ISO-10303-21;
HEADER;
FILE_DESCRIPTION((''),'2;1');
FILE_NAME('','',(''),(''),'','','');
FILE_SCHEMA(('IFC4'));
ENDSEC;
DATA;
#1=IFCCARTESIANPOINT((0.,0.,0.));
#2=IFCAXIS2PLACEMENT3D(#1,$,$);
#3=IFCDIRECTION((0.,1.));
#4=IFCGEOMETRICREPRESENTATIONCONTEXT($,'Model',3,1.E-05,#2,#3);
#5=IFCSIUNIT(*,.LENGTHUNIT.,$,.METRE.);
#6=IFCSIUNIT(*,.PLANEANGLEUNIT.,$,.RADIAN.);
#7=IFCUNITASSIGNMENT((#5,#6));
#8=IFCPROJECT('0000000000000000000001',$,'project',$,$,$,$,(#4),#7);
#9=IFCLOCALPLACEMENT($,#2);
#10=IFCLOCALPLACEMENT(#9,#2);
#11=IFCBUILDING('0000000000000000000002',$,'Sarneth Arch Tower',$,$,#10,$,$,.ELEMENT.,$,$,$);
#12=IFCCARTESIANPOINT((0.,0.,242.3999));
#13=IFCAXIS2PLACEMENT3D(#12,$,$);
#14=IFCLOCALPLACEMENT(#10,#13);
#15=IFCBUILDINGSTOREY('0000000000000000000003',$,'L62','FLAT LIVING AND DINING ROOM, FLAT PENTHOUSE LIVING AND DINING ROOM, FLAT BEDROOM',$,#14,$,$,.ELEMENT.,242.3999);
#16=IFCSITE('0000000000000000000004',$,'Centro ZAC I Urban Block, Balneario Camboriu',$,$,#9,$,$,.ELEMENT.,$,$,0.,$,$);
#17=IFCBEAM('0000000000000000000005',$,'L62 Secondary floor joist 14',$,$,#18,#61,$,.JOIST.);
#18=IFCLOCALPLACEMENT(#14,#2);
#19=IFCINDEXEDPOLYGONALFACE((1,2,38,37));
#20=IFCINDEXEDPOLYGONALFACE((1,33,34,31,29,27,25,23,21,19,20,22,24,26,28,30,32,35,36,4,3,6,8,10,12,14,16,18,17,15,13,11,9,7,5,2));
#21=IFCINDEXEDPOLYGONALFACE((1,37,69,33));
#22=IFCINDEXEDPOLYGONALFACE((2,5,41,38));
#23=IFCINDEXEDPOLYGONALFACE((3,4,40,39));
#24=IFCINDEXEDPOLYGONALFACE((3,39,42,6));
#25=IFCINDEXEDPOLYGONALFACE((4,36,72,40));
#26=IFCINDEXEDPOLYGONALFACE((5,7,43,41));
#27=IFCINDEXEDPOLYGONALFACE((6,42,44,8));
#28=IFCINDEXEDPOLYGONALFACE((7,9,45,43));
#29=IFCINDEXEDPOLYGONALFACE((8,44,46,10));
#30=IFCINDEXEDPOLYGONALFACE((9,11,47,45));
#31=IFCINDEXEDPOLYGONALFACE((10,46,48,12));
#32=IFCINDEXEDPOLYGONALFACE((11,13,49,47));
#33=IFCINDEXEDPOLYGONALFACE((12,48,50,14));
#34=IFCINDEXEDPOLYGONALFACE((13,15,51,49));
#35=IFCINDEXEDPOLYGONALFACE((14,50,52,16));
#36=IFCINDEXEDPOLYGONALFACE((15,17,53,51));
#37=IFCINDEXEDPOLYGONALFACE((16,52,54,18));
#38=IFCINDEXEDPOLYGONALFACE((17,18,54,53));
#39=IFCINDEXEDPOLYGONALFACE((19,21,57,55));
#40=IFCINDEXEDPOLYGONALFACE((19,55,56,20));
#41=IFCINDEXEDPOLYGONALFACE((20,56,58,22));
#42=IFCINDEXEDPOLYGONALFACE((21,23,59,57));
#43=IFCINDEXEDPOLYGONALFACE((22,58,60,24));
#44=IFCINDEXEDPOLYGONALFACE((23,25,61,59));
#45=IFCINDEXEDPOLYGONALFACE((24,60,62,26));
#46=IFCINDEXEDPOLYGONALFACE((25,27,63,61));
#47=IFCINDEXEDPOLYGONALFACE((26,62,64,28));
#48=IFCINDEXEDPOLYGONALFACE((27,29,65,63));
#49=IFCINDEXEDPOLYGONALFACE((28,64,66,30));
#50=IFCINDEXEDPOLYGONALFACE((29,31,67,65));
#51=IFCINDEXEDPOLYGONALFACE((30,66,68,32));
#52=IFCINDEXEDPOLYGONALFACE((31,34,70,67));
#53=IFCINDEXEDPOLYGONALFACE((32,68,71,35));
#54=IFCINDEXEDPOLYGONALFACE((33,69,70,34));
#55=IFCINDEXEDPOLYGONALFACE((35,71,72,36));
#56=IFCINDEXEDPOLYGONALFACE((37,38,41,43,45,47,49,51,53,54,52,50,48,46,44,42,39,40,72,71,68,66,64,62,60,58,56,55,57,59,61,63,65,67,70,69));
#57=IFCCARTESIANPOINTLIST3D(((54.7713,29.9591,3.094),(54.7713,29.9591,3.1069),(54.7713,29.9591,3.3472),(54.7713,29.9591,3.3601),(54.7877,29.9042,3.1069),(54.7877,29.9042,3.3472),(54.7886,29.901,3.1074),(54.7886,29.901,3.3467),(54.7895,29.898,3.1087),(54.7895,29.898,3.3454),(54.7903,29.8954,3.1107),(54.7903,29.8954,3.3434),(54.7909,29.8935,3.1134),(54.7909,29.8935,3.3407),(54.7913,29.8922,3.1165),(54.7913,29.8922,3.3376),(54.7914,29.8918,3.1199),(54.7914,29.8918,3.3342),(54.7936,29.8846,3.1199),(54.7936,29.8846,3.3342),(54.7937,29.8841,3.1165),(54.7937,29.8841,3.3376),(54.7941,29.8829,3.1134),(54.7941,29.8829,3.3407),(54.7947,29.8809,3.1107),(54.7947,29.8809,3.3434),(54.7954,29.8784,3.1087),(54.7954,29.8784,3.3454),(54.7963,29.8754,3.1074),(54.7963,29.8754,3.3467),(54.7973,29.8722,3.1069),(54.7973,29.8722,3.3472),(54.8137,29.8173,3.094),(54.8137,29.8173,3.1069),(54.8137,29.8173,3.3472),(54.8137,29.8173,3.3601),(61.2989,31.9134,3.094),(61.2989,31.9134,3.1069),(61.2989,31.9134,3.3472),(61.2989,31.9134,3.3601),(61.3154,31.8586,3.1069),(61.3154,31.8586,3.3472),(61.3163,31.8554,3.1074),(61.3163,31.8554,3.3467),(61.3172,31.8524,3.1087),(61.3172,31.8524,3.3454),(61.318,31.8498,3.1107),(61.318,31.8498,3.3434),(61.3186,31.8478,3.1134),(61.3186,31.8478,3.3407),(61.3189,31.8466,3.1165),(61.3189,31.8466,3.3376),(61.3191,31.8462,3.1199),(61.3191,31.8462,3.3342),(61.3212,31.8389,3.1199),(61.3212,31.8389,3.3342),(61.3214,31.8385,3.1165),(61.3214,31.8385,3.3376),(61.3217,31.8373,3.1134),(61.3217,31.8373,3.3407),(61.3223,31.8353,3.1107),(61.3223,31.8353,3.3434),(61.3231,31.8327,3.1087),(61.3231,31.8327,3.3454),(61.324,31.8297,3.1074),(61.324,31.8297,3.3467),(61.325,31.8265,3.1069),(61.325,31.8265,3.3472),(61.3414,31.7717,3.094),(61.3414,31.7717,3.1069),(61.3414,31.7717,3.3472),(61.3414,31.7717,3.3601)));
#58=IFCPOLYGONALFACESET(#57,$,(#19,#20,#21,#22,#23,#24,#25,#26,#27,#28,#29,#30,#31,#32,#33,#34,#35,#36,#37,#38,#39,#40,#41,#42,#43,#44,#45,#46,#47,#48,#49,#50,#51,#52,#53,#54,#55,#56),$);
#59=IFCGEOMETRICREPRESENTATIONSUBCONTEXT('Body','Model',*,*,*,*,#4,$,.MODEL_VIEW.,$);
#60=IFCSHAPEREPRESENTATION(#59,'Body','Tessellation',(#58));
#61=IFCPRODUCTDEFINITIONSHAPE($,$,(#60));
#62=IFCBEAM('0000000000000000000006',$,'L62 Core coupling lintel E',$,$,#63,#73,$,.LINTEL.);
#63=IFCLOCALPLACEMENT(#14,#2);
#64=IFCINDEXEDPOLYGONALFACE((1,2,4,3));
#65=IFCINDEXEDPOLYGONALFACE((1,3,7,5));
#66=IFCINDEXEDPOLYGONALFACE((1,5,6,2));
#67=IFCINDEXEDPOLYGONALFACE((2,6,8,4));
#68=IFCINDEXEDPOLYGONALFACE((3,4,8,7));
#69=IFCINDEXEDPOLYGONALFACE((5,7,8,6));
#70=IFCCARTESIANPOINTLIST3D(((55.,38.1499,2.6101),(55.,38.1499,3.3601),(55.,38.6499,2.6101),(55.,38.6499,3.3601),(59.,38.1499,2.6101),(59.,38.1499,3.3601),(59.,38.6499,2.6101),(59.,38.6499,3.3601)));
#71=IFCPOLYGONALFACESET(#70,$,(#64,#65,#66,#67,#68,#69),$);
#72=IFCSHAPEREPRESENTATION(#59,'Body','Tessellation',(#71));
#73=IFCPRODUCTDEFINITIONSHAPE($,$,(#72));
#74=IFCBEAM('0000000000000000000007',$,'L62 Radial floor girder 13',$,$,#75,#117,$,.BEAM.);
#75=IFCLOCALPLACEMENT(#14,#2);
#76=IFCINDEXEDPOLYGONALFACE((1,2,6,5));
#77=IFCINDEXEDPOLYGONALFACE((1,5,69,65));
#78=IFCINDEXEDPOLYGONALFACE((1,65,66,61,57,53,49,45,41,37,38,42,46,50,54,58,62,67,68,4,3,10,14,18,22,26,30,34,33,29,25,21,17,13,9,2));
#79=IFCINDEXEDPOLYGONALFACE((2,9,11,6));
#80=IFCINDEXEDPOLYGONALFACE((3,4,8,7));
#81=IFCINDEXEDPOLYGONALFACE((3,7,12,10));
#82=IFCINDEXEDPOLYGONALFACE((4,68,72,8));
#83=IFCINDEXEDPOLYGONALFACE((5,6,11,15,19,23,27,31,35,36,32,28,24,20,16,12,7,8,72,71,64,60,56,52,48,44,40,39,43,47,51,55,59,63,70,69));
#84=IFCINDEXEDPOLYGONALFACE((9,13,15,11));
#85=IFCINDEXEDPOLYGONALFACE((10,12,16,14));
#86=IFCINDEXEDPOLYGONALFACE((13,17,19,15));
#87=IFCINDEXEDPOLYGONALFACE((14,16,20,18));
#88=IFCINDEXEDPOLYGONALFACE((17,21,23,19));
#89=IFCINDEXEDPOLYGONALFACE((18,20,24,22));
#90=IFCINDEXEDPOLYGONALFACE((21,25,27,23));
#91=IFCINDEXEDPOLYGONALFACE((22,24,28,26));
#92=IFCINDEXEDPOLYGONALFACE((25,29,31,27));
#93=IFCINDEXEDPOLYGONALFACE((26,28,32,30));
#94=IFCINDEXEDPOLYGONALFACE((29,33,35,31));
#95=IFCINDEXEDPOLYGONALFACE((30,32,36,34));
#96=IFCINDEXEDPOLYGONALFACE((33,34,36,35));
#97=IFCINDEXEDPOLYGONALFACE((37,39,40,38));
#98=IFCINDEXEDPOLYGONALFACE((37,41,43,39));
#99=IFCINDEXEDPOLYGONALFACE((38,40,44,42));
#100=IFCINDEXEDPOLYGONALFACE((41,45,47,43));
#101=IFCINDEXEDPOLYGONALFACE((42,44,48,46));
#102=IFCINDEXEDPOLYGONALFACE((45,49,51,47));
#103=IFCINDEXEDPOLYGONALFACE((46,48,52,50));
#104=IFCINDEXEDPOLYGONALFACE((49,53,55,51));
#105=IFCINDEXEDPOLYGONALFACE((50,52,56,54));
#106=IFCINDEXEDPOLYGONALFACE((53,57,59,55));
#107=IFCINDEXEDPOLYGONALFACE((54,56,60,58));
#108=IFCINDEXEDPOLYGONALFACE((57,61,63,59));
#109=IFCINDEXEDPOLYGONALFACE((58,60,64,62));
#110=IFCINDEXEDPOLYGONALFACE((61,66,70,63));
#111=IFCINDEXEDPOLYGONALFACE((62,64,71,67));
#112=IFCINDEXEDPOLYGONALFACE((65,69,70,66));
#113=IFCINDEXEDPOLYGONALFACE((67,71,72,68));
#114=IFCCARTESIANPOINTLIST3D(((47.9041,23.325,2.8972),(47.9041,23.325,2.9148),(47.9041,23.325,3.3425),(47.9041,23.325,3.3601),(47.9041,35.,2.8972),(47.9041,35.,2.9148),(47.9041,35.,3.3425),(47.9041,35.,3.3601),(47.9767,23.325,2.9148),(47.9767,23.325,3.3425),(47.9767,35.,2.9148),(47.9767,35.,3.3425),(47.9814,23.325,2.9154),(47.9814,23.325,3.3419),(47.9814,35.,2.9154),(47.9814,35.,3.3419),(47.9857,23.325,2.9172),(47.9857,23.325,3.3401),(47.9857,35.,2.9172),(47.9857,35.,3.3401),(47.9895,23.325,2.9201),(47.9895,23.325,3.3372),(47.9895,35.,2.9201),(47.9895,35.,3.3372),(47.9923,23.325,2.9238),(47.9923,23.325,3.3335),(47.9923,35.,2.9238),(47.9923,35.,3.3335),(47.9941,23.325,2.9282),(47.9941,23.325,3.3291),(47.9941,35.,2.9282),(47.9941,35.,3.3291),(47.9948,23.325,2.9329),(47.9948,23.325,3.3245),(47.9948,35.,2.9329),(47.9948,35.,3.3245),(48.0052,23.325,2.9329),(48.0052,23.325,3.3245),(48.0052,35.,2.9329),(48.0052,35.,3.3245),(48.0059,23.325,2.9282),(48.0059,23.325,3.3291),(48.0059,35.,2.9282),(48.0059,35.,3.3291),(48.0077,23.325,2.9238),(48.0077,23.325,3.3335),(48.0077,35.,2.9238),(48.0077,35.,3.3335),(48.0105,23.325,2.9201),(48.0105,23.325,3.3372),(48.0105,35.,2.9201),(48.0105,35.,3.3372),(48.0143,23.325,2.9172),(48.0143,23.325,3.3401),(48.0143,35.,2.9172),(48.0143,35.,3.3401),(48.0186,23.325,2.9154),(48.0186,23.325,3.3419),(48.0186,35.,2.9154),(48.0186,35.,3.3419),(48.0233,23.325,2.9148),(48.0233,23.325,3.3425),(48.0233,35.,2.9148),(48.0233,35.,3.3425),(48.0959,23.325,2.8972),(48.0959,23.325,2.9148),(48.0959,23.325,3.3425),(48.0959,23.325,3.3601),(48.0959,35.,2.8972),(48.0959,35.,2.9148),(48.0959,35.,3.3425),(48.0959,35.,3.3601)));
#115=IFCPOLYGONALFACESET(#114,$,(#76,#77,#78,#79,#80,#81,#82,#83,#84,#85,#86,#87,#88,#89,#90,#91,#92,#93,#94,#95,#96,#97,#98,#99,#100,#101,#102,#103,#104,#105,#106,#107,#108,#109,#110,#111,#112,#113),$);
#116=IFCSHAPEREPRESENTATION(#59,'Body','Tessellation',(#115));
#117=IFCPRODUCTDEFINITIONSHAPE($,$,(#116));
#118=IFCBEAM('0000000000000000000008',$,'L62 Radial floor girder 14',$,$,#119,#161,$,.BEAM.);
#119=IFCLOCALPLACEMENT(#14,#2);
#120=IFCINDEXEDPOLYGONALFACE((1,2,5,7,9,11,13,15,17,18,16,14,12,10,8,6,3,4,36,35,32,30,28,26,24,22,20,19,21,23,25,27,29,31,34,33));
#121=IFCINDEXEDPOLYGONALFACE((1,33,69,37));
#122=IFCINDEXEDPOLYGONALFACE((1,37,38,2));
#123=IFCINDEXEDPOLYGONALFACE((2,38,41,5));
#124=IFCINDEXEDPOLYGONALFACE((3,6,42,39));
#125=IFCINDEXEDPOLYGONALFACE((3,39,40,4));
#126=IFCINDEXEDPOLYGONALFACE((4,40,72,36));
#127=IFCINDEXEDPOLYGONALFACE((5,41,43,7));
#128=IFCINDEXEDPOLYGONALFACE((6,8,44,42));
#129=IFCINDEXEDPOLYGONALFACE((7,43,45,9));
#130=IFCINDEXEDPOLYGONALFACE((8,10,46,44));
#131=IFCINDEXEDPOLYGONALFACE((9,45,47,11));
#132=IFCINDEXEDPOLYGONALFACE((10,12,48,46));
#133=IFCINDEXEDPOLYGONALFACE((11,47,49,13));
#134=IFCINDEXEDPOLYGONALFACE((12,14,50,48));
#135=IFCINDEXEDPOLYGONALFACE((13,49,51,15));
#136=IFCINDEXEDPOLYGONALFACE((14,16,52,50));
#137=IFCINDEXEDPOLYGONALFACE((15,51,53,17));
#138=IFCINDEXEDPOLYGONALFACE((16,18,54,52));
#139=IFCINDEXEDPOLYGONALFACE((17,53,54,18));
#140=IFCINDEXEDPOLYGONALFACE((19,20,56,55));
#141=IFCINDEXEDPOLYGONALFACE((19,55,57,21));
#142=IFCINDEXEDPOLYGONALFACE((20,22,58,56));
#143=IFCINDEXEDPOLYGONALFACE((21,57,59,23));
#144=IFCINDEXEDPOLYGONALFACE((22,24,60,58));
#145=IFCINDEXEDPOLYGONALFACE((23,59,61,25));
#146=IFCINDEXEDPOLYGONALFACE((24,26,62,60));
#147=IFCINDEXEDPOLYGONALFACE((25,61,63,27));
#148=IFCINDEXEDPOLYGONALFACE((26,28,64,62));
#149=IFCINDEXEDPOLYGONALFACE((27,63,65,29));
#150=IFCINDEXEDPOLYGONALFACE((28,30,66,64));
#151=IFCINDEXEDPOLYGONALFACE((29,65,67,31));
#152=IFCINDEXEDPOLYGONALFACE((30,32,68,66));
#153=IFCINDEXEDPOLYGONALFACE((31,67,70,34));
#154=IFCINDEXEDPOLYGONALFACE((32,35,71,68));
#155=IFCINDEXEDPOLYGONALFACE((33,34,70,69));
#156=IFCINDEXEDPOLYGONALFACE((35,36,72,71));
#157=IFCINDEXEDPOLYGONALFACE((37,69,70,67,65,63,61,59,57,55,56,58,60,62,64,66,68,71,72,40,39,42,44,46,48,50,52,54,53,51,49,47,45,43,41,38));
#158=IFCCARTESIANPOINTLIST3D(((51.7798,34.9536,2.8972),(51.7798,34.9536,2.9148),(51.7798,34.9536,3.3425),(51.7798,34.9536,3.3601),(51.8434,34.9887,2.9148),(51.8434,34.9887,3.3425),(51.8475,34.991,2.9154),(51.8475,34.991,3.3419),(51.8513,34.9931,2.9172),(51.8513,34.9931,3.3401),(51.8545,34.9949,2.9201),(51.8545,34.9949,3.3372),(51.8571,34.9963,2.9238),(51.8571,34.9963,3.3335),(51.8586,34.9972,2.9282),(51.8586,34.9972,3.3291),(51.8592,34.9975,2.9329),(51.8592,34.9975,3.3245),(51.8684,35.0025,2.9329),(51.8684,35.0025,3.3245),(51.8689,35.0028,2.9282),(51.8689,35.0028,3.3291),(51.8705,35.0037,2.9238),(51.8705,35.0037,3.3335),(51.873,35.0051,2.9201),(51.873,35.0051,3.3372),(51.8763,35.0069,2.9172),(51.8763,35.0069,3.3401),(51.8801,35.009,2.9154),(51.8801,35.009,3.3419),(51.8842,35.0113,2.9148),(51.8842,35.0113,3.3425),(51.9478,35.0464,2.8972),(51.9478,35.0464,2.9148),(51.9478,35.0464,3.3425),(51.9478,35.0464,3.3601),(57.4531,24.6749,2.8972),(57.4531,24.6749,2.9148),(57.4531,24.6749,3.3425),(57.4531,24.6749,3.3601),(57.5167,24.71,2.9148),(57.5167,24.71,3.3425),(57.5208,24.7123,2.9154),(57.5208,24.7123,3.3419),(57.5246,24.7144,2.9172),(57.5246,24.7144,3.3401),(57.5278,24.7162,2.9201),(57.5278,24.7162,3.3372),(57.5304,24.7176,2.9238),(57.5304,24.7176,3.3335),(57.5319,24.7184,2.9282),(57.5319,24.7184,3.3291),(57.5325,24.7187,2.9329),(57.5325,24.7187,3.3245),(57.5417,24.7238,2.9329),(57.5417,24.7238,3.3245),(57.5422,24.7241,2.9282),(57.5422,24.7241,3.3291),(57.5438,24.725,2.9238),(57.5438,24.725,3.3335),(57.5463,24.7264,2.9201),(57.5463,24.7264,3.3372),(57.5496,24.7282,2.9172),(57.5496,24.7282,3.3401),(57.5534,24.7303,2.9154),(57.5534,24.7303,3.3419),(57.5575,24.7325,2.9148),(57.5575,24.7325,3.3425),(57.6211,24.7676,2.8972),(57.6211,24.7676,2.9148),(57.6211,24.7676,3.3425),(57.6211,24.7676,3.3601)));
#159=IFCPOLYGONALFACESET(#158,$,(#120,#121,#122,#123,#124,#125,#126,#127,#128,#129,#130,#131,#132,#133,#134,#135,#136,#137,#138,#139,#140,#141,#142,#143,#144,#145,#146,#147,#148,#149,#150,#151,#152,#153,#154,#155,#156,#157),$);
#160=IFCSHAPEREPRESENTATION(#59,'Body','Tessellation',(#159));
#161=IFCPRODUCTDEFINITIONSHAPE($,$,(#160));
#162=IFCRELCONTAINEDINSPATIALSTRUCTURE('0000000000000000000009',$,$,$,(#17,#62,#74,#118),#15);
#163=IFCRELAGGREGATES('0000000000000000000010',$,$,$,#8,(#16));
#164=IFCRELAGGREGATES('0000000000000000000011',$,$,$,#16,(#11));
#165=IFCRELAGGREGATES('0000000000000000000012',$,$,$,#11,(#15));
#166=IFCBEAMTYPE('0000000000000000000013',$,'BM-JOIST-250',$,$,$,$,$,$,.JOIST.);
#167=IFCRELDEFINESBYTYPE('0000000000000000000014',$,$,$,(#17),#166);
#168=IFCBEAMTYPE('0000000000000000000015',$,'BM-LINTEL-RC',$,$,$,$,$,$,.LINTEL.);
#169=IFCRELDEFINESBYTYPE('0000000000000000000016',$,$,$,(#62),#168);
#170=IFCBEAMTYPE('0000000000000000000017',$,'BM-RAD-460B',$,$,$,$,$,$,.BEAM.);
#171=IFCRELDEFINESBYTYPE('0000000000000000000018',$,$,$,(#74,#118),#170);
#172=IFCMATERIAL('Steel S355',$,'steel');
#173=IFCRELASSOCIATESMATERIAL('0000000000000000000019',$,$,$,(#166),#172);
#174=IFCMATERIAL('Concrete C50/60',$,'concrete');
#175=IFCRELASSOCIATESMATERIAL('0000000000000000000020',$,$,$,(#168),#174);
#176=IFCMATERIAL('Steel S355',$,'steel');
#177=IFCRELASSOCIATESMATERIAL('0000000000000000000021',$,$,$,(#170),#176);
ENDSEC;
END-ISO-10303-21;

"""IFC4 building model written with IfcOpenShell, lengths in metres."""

from ifc_helpers import new_model, si_unit, direction, frame, origin, origin_2d, place, context, subcontext, project, spatial, rectangle, i_section, extrude, material, material_profile, profile_set, type_object, element, save


model = new_model("IFC4")

# Units and contexts
model_context = context("Model", 3, precision=1e-05, world=origin(), true_north=direction((0.0, 1.0)))
body_context = subcontext(model_context, "Body", "Model", "MODEL_VIEW")
ifc_project = project(units=[si_unit("LENGTHUNIT", "METRE"), si_unit("PLANEANGLEUNIT", "RADIAN")], contexts=[model_context])

# Site, building, storey
site_placement = place(None, origin())
site = spatial("IfcSite", under=ifc_project, at=site_placement, Name="Centro ZAC I Urban Block, Balneario Camboriu", CompositionType="ELEMENT", RefElevation=0.0)
building_placement = place(site_placement, origin())
building = spatial("IfcBuilding", under=site, at=building_placement, Name="Sarneth Arch Tower", CompositionType="ELEMENT")
storey_placement = place(building_placement, frame((0.0, 0.0, 242.3999)))
storey = spatial("IfcBuildingStorey", under=building, at=storey_placement, Name="L62", Description="FLAT LIVING AND DINING ROOM, FLAT PENTHOUSE LIVING AND DINING ROOM, FLAT BEDROOM", CompositionType="ELEMENT", Elevation=242.3999)

# Beams
ifc_material_1 = material(Name="Steel S355", Category="steel")
ifc_material_profile_1 = material_profile(ifc_material_1, i_section(OverallWidth=0.1479, OverallDepth=0.2661, WebThickness=0.0076, FlangeThickness=0.0129, FilletRadius=0.0129, at=origin_2d()), Name="W250x44.8")
ifc_profile_set_1 = profile_set([ifc_material_profile_1], Name="Steel S355")
beam_type_1 = type_object("IfcBeamType", Name="BM-JOIST-250", PredefinedType="JOIST", material=ifc_profile_set_1)
beam_1_placement = place(storey_placement, frame((54.7925, 29.8882, 3.2271), z_axis=(0.957985, 0.286819, 0.0), x_axis=(-0.286819, 0.957985, 0.0)))
element("IfcBeam", 1, at=beam_1_placement, inside=storey, type_object=beam_type_1, Name="L62 Secondary floor joist 14", PredefinedType="JOIST", context=body_context, shape_type="SweptSolid", body=[
    extrude(i_section(OverallWidth=0.1479, OverallDepth=0.2661, WebThickness=0.0076, FlangeThickness=0.0129, FilletRadius=0.0129, at=origin_2d()), origin(), (0.0, 0.0, 1.0), 6.814),
])
ifc_material_2 = material(Name="Concrete C50/60", Category="concrete")
ifc_material_profile_2 = material_profile(ifc_material_2, rectangle(XDim=0.5, YDim=0.75, at=origin_2d()), Name="RC-500x750")
ifc_profile_set_2 = profile_set([ifc_material_profile_2], Name="Concrete C50/60")
beam_type_2 = type_object("IfcBeamType", Name="BM-LINTEL-RC", PredefinedType="LINTEL", material=ifc_profile_set_2)
beam_2_placement = place(storey_placement, frame((55.0, 38.3999, 2.9851), z_axis=(1.0, 0.0, 0.0), x_axis=(0.0, 1.0, 0.0)))
element("IfcBeam", 2, at=beam_2_placement, inside=storey, type_object=beam_type_2, Name="L62 Core coupling lintel E", PredefinedType="LINTEL", context=body_context, shape_type="SweptSolid", body=[
    extrude(rectangle(XDim=0.5, YDim=0.75, at=origin_2d()), origin(), (0.0, 0.0, 1.0), 4.0),
])
ifc_material_3 = material(Name="Steel S355", Category="steel")
ifc_material_profile_3 = material_profile(ifc_material_3, i_section(OverallWidth=0.1919, OverallDepth=0.4629, WebThickness=0.0105, FlangeThickness=0.0176, FilletRadius=0.0181, at=origin_2d()), Name="W460x89")
ifc_profile_set_3 = profile_set([ifc_material_profile_3], Name="Steel S355")
beam_type_3 = type_object("IfcBeamType", Name="BM-RAD-460B", PredefinedType="BEAM", material=ifc_profile_set_3)
beam_3_placement = place(storey_placement, frame((48.0, 35.0, 3.1287), z_axis=(0.0, -1.0, 0.0), x_axis=(1.0, 0.0, 0.0)))
element("IfcBeam", 3, at=beam_3_placement, inside=storey, type_object=beam_type_3, Name="L62 Radial floor girder 13", PredefinedType="BEAM", context=body_context, shape_type="SweptSolid", body=[
    extrude(i_section(OverallWidth=0.1919, OverallDepth=0.4629, WebThickness=0.0105, FlangeThickness=0.0176, FilletRadius=0.0181, at=origin_2d()), origin(), (0.0, 0.0, 1.0), 11.675),
])
beam_4_placement = place(storey_placement, frame((51.8638, 35.0, 3.1287), z_axis=(0.483226, -0.875496, 0.0), x_axis=(0.875496, 0.483226, 0.0)))
element("IfcBeam", 4, at=beam_4_placement, inside=storey, type_object=beam_type_3, Name="L62 Radial floor girder 14", PredefinedType="BEAM", context=body_context, shape_type="SweptSolid", body=[
    extrude(i_section(OverallWidth=0.1919, OverallDepth=0.4629, WebThickness=0.0105, FlangeThickness=0.0176, FilletRadius=0.0181, at=origin_2d()), origin(), (0.0, 0.0, 1.0), 11.7405),
])

save(model, "model.ifc")
